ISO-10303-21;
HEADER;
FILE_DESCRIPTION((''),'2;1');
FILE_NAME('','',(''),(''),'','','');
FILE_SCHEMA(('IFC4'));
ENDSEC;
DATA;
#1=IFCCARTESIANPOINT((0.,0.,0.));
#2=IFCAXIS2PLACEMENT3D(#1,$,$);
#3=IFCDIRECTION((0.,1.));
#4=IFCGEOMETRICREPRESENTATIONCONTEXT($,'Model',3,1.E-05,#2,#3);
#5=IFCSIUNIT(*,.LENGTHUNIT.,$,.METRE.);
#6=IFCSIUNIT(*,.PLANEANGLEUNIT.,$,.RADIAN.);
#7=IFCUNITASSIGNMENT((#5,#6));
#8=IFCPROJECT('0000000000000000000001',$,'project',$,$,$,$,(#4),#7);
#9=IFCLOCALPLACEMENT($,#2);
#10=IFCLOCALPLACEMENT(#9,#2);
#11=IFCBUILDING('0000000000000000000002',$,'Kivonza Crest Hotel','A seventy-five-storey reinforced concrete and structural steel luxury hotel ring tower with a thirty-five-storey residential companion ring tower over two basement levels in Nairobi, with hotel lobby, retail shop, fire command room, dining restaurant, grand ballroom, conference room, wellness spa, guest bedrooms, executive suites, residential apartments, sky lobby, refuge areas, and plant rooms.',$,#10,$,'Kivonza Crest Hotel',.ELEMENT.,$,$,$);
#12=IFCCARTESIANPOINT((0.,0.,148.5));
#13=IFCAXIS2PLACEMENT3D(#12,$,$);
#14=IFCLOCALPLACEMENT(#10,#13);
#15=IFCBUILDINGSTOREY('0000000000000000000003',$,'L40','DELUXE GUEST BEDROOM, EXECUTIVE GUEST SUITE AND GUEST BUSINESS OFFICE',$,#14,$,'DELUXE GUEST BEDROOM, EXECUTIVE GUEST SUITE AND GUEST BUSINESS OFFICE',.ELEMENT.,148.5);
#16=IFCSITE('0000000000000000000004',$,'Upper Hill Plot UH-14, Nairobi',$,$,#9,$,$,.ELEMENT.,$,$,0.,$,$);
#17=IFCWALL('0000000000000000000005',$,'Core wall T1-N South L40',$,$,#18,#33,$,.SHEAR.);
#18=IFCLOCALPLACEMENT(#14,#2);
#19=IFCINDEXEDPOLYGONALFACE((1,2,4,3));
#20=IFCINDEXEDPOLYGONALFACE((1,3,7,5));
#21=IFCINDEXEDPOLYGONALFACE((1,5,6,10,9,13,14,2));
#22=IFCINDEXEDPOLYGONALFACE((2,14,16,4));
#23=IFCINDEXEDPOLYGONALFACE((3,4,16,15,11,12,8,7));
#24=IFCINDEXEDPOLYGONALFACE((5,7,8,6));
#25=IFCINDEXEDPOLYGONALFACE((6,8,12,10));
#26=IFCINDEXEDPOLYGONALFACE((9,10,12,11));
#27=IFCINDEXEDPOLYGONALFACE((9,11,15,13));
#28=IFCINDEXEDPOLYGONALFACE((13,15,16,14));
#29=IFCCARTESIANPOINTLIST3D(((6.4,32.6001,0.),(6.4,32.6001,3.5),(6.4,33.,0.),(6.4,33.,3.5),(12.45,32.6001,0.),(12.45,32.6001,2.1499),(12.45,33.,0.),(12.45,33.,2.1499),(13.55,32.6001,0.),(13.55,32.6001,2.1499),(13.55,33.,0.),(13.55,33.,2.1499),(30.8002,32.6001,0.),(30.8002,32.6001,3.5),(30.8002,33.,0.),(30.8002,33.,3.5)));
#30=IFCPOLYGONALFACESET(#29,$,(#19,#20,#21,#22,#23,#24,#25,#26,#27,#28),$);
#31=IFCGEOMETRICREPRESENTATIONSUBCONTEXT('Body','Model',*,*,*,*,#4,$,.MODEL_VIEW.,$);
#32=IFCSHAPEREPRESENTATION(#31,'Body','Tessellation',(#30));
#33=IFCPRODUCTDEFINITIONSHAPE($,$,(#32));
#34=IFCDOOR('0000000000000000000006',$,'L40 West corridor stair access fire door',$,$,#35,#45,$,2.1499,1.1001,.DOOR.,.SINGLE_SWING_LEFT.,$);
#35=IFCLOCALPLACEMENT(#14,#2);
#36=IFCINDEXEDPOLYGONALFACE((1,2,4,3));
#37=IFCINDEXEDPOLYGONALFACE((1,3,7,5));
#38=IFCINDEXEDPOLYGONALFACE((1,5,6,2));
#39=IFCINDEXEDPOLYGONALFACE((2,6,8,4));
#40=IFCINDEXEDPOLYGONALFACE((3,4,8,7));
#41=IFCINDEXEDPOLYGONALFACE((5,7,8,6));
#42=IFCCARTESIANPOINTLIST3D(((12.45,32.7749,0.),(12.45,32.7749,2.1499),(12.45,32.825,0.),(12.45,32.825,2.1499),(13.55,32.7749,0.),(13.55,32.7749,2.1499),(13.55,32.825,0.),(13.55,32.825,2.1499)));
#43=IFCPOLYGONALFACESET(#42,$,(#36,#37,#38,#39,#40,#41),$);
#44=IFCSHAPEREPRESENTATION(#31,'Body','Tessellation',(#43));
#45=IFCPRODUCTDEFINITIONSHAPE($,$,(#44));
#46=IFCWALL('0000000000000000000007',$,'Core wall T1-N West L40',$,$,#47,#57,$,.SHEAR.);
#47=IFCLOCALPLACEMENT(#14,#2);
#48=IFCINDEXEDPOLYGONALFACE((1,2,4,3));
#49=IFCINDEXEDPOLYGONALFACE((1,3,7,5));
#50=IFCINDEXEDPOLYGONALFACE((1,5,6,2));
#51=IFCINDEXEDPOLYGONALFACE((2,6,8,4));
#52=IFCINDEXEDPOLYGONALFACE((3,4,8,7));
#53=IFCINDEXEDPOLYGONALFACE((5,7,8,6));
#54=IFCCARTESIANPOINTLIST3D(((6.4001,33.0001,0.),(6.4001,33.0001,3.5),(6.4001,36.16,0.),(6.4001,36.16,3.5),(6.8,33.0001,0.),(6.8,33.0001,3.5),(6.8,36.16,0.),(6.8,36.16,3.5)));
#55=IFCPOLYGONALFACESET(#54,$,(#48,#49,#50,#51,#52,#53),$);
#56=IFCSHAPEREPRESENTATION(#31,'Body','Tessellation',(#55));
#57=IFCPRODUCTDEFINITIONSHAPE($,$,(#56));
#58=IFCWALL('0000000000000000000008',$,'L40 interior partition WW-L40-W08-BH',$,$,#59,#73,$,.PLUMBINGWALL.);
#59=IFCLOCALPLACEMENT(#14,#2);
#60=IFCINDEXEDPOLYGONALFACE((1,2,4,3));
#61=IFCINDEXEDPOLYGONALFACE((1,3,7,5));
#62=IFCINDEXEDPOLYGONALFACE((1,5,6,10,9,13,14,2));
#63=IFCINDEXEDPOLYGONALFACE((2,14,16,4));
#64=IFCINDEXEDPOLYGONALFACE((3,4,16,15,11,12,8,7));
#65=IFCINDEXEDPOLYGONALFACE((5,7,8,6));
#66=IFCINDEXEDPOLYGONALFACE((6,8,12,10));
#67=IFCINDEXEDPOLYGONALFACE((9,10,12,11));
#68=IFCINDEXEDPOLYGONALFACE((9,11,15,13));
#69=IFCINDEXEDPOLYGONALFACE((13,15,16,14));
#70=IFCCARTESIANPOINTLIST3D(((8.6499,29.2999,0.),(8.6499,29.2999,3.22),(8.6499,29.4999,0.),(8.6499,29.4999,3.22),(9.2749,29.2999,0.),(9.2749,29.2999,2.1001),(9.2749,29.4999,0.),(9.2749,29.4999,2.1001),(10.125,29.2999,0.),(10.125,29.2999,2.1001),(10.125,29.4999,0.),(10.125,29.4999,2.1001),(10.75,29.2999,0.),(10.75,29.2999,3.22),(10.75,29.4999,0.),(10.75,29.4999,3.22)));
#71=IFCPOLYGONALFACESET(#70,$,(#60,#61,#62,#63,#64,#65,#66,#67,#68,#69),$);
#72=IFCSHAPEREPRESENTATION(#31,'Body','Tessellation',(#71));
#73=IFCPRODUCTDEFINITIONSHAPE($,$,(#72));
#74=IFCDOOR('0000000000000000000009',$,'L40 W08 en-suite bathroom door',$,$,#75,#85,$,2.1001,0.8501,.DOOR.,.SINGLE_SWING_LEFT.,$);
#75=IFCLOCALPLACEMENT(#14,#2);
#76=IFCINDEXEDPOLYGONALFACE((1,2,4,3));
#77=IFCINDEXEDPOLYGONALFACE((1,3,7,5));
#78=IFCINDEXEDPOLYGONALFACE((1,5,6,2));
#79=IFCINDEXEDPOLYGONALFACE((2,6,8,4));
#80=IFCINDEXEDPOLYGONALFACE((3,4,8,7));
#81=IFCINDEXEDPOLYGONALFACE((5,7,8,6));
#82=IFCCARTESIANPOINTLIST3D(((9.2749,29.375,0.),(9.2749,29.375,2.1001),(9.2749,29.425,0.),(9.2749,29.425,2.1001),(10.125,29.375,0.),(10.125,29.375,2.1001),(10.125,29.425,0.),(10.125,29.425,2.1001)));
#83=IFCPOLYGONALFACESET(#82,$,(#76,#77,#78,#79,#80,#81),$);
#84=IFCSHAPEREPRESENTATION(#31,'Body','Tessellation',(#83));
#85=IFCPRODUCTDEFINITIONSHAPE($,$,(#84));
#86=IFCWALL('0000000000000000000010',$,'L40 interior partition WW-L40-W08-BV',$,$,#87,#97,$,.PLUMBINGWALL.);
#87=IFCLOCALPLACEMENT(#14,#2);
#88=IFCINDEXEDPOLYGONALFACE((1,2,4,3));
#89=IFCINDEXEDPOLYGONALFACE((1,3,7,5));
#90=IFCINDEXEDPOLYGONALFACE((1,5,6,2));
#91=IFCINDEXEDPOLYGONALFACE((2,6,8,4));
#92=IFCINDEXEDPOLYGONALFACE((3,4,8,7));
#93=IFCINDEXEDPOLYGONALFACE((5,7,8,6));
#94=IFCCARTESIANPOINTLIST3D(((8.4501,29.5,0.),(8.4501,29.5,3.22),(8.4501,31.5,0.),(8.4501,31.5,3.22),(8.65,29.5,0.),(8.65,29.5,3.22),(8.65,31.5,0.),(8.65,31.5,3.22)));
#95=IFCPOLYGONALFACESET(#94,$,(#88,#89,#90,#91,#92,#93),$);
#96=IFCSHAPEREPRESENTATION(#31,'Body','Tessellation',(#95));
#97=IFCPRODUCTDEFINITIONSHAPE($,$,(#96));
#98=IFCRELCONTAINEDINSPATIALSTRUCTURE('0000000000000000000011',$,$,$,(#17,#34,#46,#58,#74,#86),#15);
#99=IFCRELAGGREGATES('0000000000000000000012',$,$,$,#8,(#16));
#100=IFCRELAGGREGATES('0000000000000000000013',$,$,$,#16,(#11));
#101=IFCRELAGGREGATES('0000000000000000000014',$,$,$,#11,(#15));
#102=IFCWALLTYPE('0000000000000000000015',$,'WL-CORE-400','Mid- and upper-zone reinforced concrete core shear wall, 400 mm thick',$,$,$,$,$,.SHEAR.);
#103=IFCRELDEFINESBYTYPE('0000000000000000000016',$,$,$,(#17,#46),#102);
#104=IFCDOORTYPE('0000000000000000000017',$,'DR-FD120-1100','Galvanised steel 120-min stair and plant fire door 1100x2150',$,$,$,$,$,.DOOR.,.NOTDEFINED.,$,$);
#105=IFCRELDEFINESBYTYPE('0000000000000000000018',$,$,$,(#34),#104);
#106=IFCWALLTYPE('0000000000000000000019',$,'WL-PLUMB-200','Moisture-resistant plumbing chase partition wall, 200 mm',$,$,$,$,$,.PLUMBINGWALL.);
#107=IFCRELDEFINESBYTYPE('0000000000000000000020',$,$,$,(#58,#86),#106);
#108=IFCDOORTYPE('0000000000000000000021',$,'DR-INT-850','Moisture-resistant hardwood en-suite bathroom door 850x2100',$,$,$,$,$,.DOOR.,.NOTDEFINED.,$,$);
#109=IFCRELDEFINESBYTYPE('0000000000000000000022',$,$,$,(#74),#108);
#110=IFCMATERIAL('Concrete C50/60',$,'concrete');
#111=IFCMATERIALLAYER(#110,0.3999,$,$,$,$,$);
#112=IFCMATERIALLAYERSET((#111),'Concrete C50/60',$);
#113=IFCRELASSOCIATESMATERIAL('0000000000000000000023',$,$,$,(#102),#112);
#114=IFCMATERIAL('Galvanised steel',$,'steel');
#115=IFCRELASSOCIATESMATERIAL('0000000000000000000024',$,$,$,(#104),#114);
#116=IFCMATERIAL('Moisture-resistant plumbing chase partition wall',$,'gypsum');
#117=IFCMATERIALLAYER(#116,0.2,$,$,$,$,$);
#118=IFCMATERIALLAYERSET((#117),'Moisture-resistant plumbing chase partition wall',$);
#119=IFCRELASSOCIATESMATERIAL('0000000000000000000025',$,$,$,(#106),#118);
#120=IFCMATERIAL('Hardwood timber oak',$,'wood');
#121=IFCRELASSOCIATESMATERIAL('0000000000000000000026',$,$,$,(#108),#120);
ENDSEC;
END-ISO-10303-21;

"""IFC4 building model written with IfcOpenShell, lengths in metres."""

from ifc_helpers import new_model, si_unit, direction, frame, frame_2d, origin, place, context, subcontext, project, spatial, rectangle, extrude, material, layer, layer_set, type_object, element, fill, save


model = new_model("IFC4")

# Units and contexts
model_context = context("Model", 3, precision=1e-05, world=origin(), true_north=direction((0.0, 1.0)))
body_context = subcontext(model_context, "Body", "Model", "MODEL_VIEW")
ifc_project = project(units=[si_unit("LENGTHUNIT", "METRE"), si_unit("PLANEANGLEUNIT", "RADIAN")], contexts=[model_context])

# Site, building, storey
site_placement = place(None, origin())
site = spatial("IfcSite", under=ifc_project, at=site_placement, Name="Upper Hill Plot UH-14, Nairobi", CompositionType="ELEMENT", RefElevation=0.0)
building_placement = place(site_placement, origin())
building = spatial("IfcBuilding", under=site, at=building_placement, Name="Kivonza Crest Hotel", Description="A seventy-five-storey reinforced concrete and structural steel luxury hotel ring tower with a thirty-five-storey residential companion ring tower over two basement levels in Nairobi, with hotel lobby, retail shop, fire command room, dining restaurant, grand ballroom, conference room, wellness spa, guest bedrooms, executive suites, residential apartments, sky lobby, refuge areas, and plant rooms.", LongName="Kivonza Crest Hotel", CompositionType="ELEMENT")
storey_placement = place(building_placement, frame((0.0, 0.0, 148.5)))
storey = spatial("IfcBuildingStorey", under=building, at=storey_placement, Name="L40", Description="DELUXE GUEST BEDROOM, EXECUTIVE GUEST SUITE AND GUEST BUSINESS OFFICE", LongName="DELUXE GUEST BEDROOM, EXECUTIVE GUEST SUITE AND GUEST BUSINESS OFFICE", CompositionType="ELEMENT", Elevation=148.5)

# Shared definitions
ifc_material_1 = material(Name="Concrete C50/60", Category="concrete")

# Wall, opening, door
ifc_layer_1 = layer(ifc_material_1, 0.3999)
ifc_layer_set_1 = layer_set([ifc_layer_1], Name="Concrete C50/60")
wall_type_1 = type_object("IfcWallType", Name="WL-CORE-400", Description="Mid- and upper-zone reinforced concrete core shear wall, 400 mm thick", PredefinedType="SHEAR", material=ifc_layer_set_1)
wall_1_placement = place(storey_placement, frame((6.3999, 32.8, 0.0), z_axis=(0.0, 0.0, 1.0), x_axis=(1.0, 0.0, 0.0)))
wall_1 = element("IfcWall", 1, at=wall_1_placement, inside=storey, type_object=wall_type_1, Name="Core wall T1-N South L40", PredefinedType="SHEAR", context=body_context, shape_type="SweptSolid", body=[
    extrude(rectangle(XDim=24.4001, YDim=0.3999, at=frame_2d((12.2002, 0.0))), origin(), (0.0, 0.0, 1.0), 3.5),
])
opening_1_placement = place(wall_1_placement, frame((6.05, 0.0, 0.0)))
opening_1 = element("IfcOpeningElement", 2, at=opening_1_placement, cuts=wall_1, PredefinedType="OPENING", context=body_context, shape_type="SweptSolid", body=[
    extrude(rectangle(XDim=1.1001, YDim=2.1499, at=frame_2d((0.55, 1.075))), frame((0.0, 0.21, 0.0), z_axis=(0.0, -1.0, 0.0), x_axis=(1.0, 0.0, 0.0)), (0.0, 0.0, 1.0), 0.4199),
])
ifc_material_2 = material(Name="Galvanised steel", Category="steel")
door_type_1 = type_object("IfcDoorType", Name="DR-FD120-1100", Description="Galvanised steel 120-min stair and plant fire door 1100x2150", OperationType="NOTDEFINED", PredefinedType="DOOR", material=ifc_material_2)
door_1_placement = place(opening_1_placement, origin())
door_1 = element("IfcDoor", 3, at=door_1_placement, inside=storey, type_object=door_type_1, Name="L40 West corridor stair access fire door", OperationType="SINGLE_SWING_LEFT", OverallHeight=2.1499, OverallWidth=1.1001, PredefinedType="DOOR", context=body_context, shape_type="SweptSolid", body=[
    extrude(rectangle(XDim=1.1001, YDim=2.1499, at=frame_2d((0.55, 1.075))), frame((0.0, 0.0249, 0.0), z_axis=(0.0, -1.0, 0.0), x_axis=(1.0, 0.0, 0.0)), (0.0, 0.0, 1.0), 0.05),
])
fill(opening_1, door_1)

# Wall
wall_2_placement = place(storey_placement, frame((6.6001, 33.0, 0.0), z_axis=(0.0, 0.0, 1.0), x_axis=(0.0, 1.0, 0.0)))
element("IfcWall", 4, at=wall_2_placement, inside=storey, type_object=wall_type_1, Name="Core wall T1-N West L40", PredefinedType="SHEAR", context=body_context, shape_type="SweptSolid", body=[
    extrude(rectangle(XDim=3.1599, YDim=0.3999, at=frame_2d((1.5801, 0.0))), origin(), (0.0, 0.0, 1.0), 3.5),
])

# Wall, opening, door
ifc_material_3 = material(Name="Moisture-resistant plumbing chase partition wall", Category="gypsum")
ifc_layer_2 = layer(ifc_material_3, 0.2)
ifc_layer_set_2 = layer_set([ifc_layer_2], Name="Moisture-resistant plumbing chase partition wall")
wall_type_2 = type_object("IfcWallType", Name="WL-PLUMB-200", Description="Moisture-resistant plumbing chase partition wall, 200 mm", PredefinedType="PLUMBINGWALL", material=ifc_layer_set_2)
wall_3_placement = place(storey_placement, frame((8.6499, 29.3999, 0.0), z_axis=(0.0, 0.0, 1.0), x_axis=(1.0, 0.0, 0.0)))
wall_3 = element("IfcWall", 5, at=wall_3_placement, inside=storey, type_object=wall_type_2, Name="L40 interior partition WW-L40-W08-BH", PredefinedType="PLUMBINGWALL", context=body_context, shape_type="SweptSolid", body=[
    extrude(rectangle(XDim=2.1001, YDim=0.2, at=frame_2d((1.05, 0.0))), origin(), (0.0, 0.0, 1.0), 3.22),
])
opening_2_placement = place(wall_3_placement, frame((0.625, 0.0, 0.0)))
opening_2 = element("IfcOpeningElement", 6, at=opening_2_placement, cuts=wall_3, PredefinedType="OPENING", context=body_context, shape_type="SweptSolid", body=[
    extrude(rectangle(XDim=0.8501, YDim=2.1001, at=frame_2d((0.425, 1.05))), frame((0.0, 0.1099, 0.0), z_axis=(0.0, -1.0, 0.0), x_axis=(1.0, 0.0, 0.0)), (0.0, 0.0, 1.0), 0.22),
])
ifc_material_4 = material(Name="Hardwood timber oak", Category="wood")
door_type_2 = type_object("IfcDoorType", Name="DR-INT-850", Description="Moisture-resistant hardwood en-suite bathroom door 850x2100", OperationType="NOTDEFINED", PredefinedType="DOOR", material=ifc_material_4)
door_2_placement = place(opening_2_placement, frame((0.8501, 0.0, 0.0), z_axis=(0.0, 0.0, 1.0), x_axis=(-1.0, 0.0, 0.0)))
door_2 = element("IfcDoor", 7, at=door_2_placement, inside=storey, type_object=door_type_2, Name="L40 W08 en-suite bathroom door", OperationType="SINGLE_SWING_LEFT", OverallHeight=2.1001, OverallWidth=0.8501, PredefinedType="DOOR", context=body_context, shape_type="SweptSolid", body=[
    extrude(rectangle(XDim=0.8501, YDim=2.1001, at=frame_2d((0.425, 1.05))), frame((0.0, 0.0249, 0.0), z_axis=(0.0, -1.0, 0.0), x_axis=(1.0, 0.0, 0.0)), (0.0, 0.0, 1.0), 0.05),
])
fill(opening_2, door_2)

# Wall
wall_4_placement = place(storey_placement, frame((8.55, 29.5, 0.0), z_axis=(0.0, 0.0, 1.0), x_axis=(0.0, 1.0, 0.0)))
element("IfcWall", 8, at=wall_4_placement, inside=storey, type_object=wall_type_2, Name="L40 interior partition WW-L40-W08-BV", PredefinedType="PLUMBINGWALL", context=body_context, shape_type="SweptSolid", body=[
    extrude(rectangle(XDim=2.0, YDim=0.2, at=frame_2d((1.0, 0.0))), origin(), (0.0, 0.0, 1.0), 3.22),
])

save(model, "model.ifc")
